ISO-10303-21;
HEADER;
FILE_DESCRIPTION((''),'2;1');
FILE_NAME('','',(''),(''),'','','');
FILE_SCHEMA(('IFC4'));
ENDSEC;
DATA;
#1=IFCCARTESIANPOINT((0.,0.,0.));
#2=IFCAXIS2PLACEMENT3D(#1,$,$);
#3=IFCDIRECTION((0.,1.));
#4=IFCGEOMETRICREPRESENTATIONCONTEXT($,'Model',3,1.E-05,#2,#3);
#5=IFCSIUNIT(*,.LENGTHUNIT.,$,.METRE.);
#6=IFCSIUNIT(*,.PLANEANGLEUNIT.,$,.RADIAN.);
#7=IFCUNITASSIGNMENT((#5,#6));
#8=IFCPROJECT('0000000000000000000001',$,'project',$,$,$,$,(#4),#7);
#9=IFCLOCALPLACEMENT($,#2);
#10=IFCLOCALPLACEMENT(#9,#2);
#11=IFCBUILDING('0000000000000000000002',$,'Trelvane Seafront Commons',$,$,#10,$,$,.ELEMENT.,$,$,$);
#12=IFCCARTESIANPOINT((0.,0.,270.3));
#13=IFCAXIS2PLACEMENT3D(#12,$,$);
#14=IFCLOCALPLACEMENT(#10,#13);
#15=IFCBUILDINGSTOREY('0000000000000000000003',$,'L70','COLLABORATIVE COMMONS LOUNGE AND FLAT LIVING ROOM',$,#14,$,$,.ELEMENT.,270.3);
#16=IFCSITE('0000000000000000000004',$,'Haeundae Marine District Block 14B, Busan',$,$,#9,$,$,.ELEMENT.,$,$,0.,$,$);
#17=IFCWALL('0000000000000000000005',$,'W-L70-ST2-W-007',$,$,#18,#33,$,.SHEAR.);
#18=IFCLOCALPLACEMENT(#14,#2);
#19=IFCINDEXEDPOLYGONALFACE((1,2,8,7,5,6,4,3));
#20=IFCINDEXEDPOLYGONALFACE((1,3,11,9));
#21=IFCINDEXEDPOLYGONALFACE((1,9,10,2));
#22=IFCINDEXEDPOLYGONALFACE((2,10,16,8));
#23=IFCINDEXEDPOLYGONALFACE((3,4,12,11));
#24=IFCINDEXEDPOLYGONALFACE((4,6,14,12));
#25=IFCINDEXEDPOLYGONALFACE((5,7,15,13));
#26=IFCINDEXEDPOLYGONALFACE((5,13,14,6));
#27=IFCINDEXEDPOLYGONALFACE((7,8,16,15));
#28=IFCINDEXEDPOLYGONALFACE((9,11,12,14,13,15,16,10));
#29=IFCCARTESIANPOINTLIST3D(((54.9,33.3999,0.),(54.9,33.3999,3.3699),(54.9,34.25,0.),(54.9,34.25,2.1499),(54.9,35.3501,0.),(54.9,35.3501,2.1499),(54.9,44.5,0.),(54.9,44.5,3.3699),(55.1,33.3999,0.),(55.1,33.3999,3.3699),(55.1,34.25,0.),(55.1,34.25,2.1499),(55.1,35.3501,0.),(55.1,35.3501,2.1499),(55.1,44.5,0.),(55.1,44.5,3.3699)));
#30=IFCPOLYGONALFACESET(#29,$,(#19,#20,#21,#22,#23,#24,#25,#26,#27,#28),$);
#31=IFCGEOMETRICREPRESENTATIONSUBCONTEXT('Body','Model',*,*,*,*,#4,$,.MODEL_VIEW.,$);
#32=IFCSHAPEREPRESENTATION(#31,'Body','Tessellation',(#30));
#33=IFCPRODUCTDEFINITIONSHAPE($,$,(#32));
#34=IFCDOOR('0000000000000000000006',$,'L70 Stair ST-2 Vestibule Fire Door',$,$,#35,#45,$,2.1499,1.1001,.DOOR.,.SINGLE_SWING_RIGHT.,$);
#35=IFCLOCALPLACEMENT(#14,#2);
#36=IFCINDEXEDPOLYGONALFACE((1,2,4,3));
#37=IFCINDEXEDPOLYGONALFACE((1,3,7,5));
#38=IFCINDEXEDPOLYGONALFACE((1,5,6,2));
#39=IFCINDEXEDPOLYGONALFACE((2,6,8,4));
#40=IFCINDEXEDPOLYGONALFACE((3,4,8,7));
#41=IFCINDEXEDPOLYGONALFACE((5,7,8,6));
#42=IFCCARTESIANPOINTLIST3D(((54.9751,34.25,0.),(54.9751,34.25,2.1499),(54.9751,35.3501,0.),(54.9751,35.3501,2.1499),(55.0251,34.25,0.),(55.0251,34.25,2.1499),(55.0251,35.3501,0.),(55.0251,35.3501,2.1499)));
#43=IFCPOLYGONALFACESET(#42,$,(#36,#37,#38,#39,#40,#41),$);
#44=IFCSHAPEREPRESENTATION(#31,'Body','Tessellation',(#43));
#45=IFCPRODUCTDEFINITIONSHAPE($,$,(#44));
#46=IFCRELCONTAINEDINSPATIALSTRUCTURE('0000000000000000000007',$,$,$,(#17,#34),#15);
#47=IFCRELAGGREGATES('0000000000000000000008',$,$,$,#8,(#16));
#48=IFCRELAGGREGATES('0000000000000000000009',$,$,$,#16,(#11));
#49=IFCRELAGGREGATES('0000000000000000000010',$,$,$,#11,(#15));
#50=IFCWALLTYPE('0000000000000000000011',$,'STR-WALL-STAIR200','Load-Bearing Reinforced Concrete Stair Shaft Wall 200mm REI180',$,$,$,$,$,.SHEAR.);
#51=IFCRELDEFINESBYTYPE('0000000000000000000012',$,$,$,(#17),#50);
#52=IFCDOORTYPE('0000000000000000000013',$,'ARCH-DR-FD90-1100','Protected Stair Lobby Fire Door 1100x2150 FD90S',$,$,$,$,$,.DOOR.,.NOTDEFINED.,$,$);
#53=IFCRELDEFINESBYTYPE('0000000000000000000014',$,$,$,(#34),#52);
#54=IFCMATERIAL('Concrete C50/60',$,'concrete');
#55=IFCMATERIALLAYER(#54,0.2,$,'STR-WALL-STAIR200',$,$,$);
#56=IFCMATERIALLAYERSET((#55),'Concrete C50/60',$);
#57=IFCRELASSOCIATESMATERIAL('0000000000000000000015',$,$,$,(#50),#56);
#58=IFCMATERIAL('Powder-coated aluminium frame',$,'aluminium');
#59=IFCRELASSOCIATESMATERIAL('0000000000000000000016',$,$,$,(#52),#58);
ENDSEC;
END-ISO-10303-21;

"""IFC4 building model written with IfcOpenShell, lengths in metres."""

from ifc_helpers import new_model, si_unit, direction, frame, frame_2d, origin, place, context, subcontext, project, spatial, rectangle, extrude, source, transform, mapped, material, layer, layer_set, type_object, element, fill, save


model = new_model("IFC4")

# Units and contexts
model_context = context("Model", 3, precision=1e-05, world=origin(), true_north=direction((0.0, 1.0)))
body_context = subcontext(model_context, "Body", "Model", "MODEL_VIEW")
ifc_project = project(units=[si_unit("LENGTHUNIT", "METRE"), si_unit("PLANEANGLEUNIT", "RADIAN")], contexts=[model_context])

# Site, building, storey
site_placement = place(None, origin())
site = spatial("IfcSite", under=ifc_project, at=site_placement, Name="Haeundae Marine District Block 14B, Busan", CompositionType="ELEMENT", RefElevation=0.0)
building_placement = place(site_placement, origin())
building = spatial("IfcBuilding", under=site, at=building_placement, Name="Trelvane Seafront Commons", CompositionType="ELEMENT")
storey_placement = place(building_placement, frame((0.0, 0.0, 270.3)))
storey = spatial("IfcBuildingStorey", under=building, at=storey_placement, Name="L70", Description="COLLABORATIVE COMMONS LOUNGE AND FLAT LIVING ROOM", CompositionType="ELEMENT", Elevation=270.3)

# Shared definitions
ifc_material_1 = material(Name="Concrete C50/60", Category="concrete")

# Shared definitions
ifc_material_2 = material(Name="Powder-coated aluminium frame", Category="aluminium")

# Shared definitions
ifc_layer_1 = layer(ifc_material_1, 0.2, Name="STR-WALL-STAIR200")
ifc_layer_set_1 = layer_set([ifc_layer_1], Name="Concrete C50/60")
wall_type_1 = type_object("IfcWallType", Name="STR-WALL-STAIR200", Description="Load-Bearing Reinforced Concrete Stair Shaft Wall 200mm REI180", PredefinedType="SHEAR", material=ifc_layer_set_1)

# Wall, opening, door
wall_1_placement = place(storey_placement, frame((55.0, 33.3999, 0.0), z_axis=(0.0, 0.0, 1.0), x_axis=(0.0, 1.0, 0.0)))
wall_1 = element("IfcWall", 1, at=wall_1_placement, inside=storey, type_object=wall_type_1, Name="W-L70-ST2-W-007", PredefinedType="SHEAR", context=body_context, shape_type="SweptSolid", body=[
    extrude(rectangle(XDim=11.1001, YDim=0.2, at=frame_2d((5.55, 0.0))), origin(), (0.0, 0.0, 1.0), 3.3699),
])
opening_1_placement = place(wall_1_placement, frame((0.8501, 0.0, 0.0)))
opening_1 = element("IfcOpeningElement", 2, at=opening_1_placement, cuts=wall_1, PredefinedType="OPENING", context=body_context, shape_type="SweptSolid", body=[
    extrude(rectangle(XDim=1.1001, YDim=2.1499, at=frame_2d((0.55, 1.075))), frame((0.0, 0.1099, 0.0), z_axis=(0.0, -1.0, 0.0), x_axis=(1.0, 0.0, 0.0)), (0.0, 0.0, 1.0), 0.22),
])
door_type_1 = type_object("IfcDoorType", Name="ARCH-DR-FD90-1100", Description="Protected Stair Lobby Fire Door 1100x2150 FD90S", OperationType="NOTDEFINED", PredefinedType="DOOR", material=ifc_material_2)
shared_shape_1 = source(origin(), body_context, "Body", "SweptSolid", [
    extrude(rectangle(XDim=1.1001, YDim=2.1499, at=frame_2d((0.55, 1.075))), frame((0.0, 0.0249, 0.0), z_axis=(0.0, -1.0, 0.0), x_axis=(1.0, 0.0, 0.0)), (0.0, 0.0, 1.0), 0.05),
])
door_1_placement = place(opening_1_placement, origin())
door_1 = element("IfcDoor", 3, at=door_1_placement, inside=storey, type_object=door_type_1, Name="L70 Stair ST-2 Vestibule Fire Door", OperationType="SINGLE_SWING_RIGHT", OverallHeight=2.1499, OverallWidth=1.1001, PredefinedType="DOOR", context=body_context, shape_type="MappedRepresentation", body=[
    mapped(shared_shape_1, transform((0.0, 0.0, 0.0), x_axis=(1.0, 0.0, 0.0), y_axis=(0.0, 1.0, 0.0), z_axis=(0.0, 0.0, 1.0), scale=1.0)),
])
fill(opening_1, door_1)

save(model, "model.ifc")
